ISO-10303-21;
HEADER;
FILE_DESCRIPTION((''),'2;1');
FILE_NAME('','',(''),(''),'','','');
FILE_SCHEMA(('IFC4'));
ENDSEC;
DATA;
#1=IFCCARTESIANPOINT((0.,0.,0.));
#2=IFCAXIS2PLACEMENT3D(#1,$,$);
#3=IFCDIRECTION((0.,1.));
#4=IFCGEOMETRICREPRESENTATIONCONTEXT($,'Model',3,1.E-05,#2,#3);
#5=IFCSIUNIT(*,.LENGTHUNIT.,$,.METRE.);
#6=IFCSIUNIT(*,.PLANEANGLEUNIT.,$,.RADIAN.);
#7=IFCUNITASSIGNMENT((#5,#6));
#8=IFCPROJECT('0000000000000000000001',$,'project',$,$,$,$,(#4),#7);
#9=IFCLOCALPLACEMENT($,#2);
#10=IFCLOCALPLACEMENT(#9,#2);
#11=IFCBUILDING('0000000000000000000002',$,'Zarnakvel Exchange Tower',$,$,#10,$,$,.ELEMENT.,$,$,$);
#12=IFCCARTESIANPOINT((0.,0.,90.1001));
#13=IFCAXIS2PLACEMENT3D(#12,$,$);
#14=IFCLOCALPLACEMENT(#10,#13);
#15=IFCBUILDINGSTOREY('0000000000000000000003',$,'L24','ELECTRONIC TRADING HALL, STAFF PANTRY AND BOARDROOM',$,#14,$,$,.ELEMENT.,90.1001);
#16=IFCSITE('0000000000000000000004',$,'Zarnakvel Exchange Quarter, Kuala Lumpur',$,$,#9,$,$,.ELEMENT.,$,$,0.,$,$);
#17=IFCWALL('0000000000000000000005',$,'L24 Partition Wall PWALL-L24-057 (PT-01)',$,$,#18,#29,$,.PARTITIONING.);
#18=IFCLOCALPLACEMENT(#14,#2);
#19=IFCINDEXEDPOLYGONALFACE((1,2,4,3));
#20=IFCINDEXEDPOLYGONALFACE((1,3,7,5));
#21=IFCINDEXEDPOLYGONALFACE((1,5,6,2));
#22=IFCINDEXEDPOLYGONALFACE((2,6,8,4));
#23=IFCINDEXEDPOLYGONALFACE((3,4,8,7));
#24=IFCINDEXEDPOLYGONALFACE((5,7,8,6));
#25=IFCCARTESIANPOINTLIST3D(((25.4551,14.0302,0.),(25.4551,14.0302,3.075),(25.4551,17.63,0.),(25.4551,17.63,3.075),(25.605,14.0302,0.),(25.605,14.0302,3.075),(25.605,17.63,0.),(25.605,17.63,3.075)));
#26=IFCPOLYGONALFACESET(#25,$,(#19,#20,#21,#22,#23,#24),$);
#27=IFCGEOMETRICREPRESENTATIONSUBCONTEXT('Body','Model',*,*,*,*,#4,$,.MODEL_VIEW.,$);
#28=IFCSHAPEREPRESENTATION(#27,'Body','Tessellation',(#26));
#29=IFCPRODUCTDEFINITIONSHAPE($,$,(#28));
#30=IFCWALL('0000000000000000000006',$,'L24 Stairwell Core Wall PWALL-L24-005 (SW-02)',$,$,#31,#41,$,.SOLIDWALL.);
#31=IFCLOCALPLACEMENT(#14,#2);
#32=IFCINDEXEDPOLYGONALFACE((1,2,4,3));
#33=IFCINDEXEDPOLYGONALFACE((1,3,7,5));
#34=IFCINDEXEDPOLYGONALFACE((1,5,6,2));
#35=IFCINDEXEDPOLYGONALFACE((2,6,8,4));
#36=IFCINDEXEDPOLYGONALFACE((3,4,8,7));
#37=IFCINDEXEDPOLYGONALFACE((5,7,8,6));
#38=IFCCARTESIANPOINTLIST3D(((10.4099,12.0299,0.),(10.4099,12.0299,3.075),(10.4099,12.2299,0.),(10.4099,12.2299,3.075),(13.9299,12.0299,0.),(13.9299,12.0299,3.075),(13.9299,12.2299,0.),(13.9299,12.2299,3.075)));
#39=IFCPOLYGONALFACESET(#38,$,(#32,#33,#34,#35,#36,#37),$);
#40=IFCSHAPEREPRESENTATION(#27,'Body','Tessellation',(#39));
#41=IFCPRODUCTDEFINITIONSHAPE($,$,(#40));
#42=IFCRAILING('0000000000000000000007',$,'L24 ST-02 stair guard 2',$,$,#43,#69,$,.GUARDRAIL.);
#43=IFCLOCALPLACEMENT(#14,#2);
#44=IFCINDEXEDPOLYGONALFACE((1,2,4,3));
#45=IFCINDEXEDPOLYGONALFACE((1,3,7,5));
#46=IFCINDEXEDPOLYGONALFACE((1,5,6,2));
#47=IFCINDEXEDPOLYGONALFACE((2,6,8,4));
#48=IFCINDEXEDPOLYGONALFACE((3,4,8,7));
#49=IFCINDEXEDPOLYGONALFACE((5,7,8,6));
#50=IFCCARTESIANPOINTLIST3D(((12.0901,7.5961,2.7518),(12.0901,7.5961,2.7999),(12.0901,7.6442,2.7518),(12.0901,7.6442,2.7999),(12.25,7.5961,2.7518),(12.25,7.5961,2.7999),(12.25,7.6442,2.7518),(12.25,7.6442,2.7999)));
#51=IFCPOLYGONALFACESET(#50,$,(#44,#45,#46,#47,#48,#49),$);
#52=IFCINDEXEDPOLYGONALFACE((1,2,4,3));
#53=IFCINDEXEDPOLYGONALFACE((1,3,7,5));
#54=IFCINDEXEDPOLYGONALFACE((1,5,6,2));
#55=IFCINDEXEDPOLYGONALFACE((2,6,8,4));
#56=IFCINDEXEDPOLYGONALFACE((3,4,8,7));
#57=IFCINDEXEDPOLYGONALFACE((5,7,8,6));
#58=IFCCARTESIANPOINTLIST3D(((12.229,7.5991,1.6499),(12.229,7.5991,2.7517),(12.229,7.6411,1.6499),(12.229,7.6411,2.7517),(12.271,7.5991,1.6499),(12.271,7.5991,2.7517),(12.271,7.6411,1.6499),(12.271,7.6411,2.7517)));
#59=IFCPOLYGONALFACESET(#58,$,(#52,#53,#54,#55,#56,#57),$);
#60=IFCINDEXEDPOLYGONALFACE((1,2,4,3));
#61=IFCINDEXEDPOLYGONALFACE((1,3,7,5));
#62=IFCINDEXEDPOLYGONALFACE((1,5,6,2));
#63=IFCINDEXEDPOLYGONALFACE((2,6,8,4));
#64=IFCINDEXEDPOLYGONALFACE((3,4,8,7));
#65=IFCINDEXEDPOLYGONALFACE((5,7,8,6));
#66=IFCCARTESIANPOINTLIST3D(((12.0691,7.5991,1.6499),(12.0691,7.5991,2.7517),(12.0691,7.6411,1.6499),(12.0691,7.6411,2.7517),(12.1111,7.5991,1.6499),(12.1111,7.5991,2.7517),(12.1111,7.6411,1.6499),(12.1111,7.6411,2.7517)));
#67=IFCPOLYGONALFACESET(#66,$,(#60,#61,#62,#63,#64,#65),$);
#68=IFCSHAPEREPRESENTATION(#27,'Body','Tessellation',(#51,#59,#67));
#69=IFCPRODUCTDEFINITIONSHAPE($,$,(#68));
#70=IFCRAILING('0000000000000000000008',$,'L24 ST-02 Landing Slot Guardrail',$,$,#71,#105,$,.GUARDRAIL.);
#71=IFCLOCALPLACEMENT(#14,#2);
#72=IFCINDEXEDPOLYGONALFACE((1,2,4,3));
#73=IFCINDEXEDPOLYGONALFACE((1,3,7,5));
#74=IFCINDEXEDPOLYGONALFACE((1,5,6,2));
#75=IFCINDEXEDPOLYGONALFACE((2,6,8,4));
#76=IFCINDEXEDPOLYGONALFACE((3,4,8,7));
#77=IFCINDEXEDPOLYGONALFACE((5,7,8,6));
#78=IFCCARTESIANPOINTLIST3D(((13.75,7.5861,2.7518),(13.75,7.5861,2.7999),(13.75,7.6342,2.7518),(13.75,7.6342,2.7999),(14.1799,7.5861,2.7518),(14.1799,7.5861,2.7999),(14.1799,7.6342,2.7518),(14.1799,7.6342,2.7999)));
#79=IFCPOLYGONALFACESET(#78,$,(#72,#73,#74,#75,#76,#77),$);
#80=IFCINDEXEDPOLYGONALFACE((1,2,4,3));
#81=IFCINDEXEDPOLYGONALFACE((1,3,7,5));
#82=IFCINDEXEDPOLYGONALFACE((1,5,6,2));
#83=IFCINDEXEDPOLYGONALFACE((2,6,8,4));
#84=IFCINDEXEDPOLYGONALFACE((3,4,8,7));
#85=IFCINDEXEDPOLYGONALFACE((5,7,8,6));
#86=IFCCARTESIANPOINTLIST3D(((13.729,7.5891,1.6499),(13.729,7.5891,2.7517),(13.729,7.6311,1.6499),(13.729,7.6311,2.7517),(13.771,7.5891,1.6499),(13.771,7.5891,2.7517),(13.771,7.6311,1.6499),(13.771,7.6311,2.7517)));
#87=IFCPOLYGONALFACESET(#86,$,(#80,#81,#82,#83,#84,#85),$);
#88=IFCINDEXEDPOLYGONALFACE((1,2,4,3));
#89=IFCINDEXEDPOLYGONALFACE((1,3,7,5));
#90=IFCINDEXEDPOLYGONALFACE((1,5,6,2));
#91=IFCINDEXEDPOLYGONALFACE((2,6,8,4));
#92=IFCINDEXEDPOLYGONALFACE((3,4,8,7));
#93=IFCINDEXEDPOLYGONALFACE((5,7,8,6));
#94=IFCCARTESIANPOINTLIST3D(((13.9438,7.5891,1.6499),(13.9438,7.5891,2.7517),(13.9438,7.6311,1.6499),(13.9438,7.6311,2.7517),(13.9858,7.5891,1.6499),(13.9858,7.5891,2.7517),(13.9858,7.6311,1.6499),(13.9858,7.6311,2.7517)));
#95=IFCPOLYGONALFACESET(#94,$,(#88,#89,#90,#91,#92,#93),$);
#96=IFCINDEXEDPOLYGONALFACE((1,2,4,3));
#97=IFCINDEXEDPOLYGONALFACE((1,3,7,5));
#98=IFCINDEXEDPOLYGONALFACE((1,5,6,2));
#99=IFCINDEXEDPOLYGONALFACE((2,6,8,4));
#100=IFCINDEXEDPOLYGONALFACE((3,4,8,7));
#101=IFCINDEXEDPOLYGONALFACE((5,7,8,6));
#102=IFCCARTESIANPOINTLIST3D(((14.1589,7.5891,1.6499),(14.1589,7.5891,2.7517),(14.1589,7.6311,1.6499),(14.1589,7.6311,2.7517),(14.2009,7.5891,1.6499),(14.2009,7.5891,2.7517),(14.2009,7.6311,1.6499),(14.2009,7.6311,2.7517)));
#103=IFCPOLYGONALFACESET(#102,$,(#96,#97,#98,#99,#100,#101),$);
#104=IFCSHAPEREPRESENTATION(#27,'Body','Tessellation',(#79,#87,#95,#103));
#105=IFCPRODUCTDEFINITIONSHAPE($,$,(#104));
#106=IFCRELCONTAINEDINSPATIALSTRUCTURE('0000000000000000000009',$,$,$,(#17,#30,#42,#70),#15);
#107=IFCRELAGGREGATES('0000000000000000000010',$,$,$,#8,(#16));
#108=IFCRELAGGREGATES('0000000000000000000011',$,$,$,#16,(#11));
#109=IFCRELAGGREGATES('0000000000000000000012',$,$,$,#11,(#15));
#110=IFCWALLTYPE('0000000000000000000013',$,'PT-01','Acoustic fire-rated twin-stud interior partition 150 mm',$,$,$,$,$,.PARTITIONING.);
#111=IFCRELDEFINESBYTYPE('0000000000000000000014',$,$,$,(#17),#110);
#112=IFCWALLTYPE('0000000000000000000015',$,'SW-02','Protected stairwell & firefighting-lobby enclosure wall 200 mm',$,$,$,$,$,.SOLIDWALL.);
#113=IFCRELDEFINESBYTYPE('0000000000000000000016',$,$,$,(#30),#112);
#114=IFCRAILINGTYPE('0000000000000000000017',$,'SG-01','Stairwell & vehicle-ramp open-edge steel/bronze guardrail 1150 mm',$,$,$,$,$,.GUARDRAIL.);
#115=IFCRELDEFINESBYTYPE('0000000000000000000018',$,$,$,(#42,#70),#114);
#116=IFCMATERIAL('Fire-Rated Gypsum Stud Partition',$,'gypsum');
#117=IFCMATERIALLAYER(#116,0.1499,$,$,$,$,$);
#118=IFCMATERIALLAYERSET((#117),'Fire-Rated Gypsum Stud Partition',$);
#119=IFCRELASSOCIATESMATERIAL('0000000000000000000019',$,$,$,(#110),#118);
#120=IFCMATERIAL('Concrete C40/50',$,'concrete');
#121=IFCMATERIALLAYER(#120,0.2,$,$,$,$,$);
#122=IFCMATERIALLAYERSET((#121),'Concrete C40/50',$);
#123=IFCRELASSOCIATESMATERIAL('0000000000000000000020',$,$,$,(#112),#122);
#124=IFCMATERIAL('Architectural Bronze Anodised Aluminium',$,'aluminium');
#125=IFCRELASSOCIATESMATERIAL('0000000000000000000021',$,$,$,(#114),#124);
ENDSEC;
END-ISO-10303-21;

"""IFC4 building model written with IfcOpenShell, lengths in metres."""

from ifc_helpers import new_model, si_unit, direction, frame, frame_2d, origin, origin_2d, place, context, subcontext, project, spatial, rectangle, extrude, material, layer, layer_set, type_object, element, save


model = new_model("IFC4")

# Units and contexts
model_context = context("Model", 3, precision=1e-05, world=origin(), true_north=direction((0.0, 1.0)))
body_context = subcontext(model_context, "Body", "Model", "MODEL_VIEW")
ifc_project = project(units=[si_unit("LENGTHUNIT", "METRE"), si_unit("PLANEANGLEUNIT", "RADIAN")], contexts=[model_context])

# Site, building, storey
site_placement = place(None, origin())
site = spatial("IfcSite", under=ifc_project, at=site_placement, Name="Zarnakvel Exchange Quarter, Kuala Lumpur", CompositionType="ELEMENT", RefElevation=0.0)
building_placement = place(site_placement, origin())
building = spatial("IfcBuilding", under=site, at=building_placement, Name="Zarnakvel Exchange Tower", CompositionType="ELEMENT")
storey_placement = place(building_placement, frame((0.0, 0.0, 90.1001)))
storey = spatial("IfcBuildingStorey", under=building, at=storey_placement, Name="L24", Description="ELECTRONIC TRADING HALL, STAFF PANTRY AND BOARDROOM", CompositionType="ELEMENT", Elevation=90.1001)

# Shared definitions
ifc_material_1 = material(Name="Architectural Bronze Anodised Aluminium", Category="aluminium")

# Shared definitions
ifc_material_2 = material(Name="Fire-Rated Gypsum Stud Partition", Category="gypsum")
ifc_layer_1 = layer(ifc_material_2, 0.1499)
ifc_layer_set_1 = layer_set([ifc_layer_1], Name="Fire-Rated Gypsum Stud Partition")
wall_type_1 = type_object("IfcWallType", Name="PT-01", Description="Acoustic fire-rated twin-stud interior partition 150 mm", PredefinedType="PARTITIONING", material=ifc_layer_set_1)

# Walls
wall_1_placement = place(storey_placement, frame((25.53, 17.6299, 0.0), z_axis=(0.0, 0.0, 1.0), x_axis=(0.0, -1.0, 0.0)))
element("IfcWall", 1, at=wall_1_placement, inside=storey, type_object=wall_type_1, Name="L24 Partition Wall PWALL-L24-057 (PT-01)", PredefinedType="PARTITIONING", context=body_context, shape_type="SweptSolid", body=[
    extrude(rectangle(XDim=3.5999, YDim=0.1499, at=frame_2d((1.7998, 0.0))), origin(), (0.0, 0.0, 1.0), 3.075),
])
ifc_material_3 = material(Name="Concrete C40/50", Category="concrete")
ifc_layer_2 = layer(ifc_material_3, 0.2)
ifc_layer_set_2 = layer_set([ifc_layer_2], Name="Concrete C40/50")
wall_type_2 = type_object("IfcWallType", Name="SW-02", Description="Protected stairwell & firefighting-lobby enclosure wall 200 mm", PredefinedType="SOLIDWALL", material=ifc_layer_set_2)
wall_2_placement = place(storey_placement, frame((10.4099, 12.1299, 0.0), z_axis=(0.0, 0.0, 1.0), x_axis=(1.0, 0.0, 0.0)))
element("IfcWall", 2, at=wall_2_placement, inside=storey, type_object=wall_type_2, Name="L24 Stairwell Core Wall PWALL-L24-005 (SW-02)", PredefinedType="SOLIDWALL", context=body_context, shape_type="SweptSolid", body=[
    extrude(rectangle(XDim=3.52, YDim=0.2, at=frame_2d((1.76, 0.0))), origin(), (0.0, 0.0, 1.0), 3.075),
])

# Railings
railing_type = type_object("IfcRailingType", Name="SG-01", Description="Stairwell & vehicle-ramp open-edge steel/bronze guardrail 1150 mm", PredefinedType="GUARDRAIL", material=ifc_material_1)
railing_1_placement = place(storey_placement, frame((12.25, 7.6201, 1.6499)))
element("IfcRailing", 3, at=railing_1_placement, inside=storey, type_object=railing_type, Name="L24 ST-02 stair guard 2", PredefinedType="GUARDRAIL", context=body_context, shape_type="SweptSolid", body=[
    extrude(rectangle(XDim=0.0481, YDim=0.0481, at=origin_2d()), frame((0.0, 0.0, 1.126), z_axis=(-1.0, 0.0, 0.0), x_axis=(0.0, -1.0, 0.0)), (0.0, 0.0, 1.0), 0.1599),
    extrude(rectangle(XDim=0.042, YDim=0.042, at=origin_2d()), origin(), (0.0, 0.0, 1.0), 1.1018),
    extrude(rectangle(XDim=0.042, YDim=0.042, at=origin_2d()), frame((-0.1599, 0.0, 0.0)), (0.0, 0.0, 1.0), 1.1018),
])
railing_2_placement = place(storey_placement, frame((13.75, 7.6101, 1.6499)))
element("IfcRailing", 4, at=railing_2_placement, inside=storey, type_object=railing_type, Name="L24 ST-02 Landing Slot Guardrail", PredefinedType="GUARDRAIL", context=body_context, shape_type="SweptSolid", body=[
    extrude(rectangle(XDim=0.0481, YDim=0.0481, at=origin_2d()), frame((0.0, 0.0, 1.126), z_axis=(1.0, 0.0, 0.0), x_axis=(0.0, 1.0, 0.0)), (0.0, 0.0, 1.0), 0.4299),
    extrude(rectangle(XDim=0.042, YDim=0.042, at=origin_2d()), origin(), (0.0, 0.0, 1.0), 1.1018),
    extrude(rectangle(XDim=0.042, YDim=0.042, at=origin_2d()), frame((0.2148, 0.0, 0.0)), (0.0, 0.0, 1.0), 1.1018),
    extrude(rectangle(XDim=0.042, YDim=0.042, at=origin_2d()), frame((0.4299, 0.0, 0.0)), (0.0, 0.0, 1.0), 1.1018),
])

save(model, "model.ifc")
